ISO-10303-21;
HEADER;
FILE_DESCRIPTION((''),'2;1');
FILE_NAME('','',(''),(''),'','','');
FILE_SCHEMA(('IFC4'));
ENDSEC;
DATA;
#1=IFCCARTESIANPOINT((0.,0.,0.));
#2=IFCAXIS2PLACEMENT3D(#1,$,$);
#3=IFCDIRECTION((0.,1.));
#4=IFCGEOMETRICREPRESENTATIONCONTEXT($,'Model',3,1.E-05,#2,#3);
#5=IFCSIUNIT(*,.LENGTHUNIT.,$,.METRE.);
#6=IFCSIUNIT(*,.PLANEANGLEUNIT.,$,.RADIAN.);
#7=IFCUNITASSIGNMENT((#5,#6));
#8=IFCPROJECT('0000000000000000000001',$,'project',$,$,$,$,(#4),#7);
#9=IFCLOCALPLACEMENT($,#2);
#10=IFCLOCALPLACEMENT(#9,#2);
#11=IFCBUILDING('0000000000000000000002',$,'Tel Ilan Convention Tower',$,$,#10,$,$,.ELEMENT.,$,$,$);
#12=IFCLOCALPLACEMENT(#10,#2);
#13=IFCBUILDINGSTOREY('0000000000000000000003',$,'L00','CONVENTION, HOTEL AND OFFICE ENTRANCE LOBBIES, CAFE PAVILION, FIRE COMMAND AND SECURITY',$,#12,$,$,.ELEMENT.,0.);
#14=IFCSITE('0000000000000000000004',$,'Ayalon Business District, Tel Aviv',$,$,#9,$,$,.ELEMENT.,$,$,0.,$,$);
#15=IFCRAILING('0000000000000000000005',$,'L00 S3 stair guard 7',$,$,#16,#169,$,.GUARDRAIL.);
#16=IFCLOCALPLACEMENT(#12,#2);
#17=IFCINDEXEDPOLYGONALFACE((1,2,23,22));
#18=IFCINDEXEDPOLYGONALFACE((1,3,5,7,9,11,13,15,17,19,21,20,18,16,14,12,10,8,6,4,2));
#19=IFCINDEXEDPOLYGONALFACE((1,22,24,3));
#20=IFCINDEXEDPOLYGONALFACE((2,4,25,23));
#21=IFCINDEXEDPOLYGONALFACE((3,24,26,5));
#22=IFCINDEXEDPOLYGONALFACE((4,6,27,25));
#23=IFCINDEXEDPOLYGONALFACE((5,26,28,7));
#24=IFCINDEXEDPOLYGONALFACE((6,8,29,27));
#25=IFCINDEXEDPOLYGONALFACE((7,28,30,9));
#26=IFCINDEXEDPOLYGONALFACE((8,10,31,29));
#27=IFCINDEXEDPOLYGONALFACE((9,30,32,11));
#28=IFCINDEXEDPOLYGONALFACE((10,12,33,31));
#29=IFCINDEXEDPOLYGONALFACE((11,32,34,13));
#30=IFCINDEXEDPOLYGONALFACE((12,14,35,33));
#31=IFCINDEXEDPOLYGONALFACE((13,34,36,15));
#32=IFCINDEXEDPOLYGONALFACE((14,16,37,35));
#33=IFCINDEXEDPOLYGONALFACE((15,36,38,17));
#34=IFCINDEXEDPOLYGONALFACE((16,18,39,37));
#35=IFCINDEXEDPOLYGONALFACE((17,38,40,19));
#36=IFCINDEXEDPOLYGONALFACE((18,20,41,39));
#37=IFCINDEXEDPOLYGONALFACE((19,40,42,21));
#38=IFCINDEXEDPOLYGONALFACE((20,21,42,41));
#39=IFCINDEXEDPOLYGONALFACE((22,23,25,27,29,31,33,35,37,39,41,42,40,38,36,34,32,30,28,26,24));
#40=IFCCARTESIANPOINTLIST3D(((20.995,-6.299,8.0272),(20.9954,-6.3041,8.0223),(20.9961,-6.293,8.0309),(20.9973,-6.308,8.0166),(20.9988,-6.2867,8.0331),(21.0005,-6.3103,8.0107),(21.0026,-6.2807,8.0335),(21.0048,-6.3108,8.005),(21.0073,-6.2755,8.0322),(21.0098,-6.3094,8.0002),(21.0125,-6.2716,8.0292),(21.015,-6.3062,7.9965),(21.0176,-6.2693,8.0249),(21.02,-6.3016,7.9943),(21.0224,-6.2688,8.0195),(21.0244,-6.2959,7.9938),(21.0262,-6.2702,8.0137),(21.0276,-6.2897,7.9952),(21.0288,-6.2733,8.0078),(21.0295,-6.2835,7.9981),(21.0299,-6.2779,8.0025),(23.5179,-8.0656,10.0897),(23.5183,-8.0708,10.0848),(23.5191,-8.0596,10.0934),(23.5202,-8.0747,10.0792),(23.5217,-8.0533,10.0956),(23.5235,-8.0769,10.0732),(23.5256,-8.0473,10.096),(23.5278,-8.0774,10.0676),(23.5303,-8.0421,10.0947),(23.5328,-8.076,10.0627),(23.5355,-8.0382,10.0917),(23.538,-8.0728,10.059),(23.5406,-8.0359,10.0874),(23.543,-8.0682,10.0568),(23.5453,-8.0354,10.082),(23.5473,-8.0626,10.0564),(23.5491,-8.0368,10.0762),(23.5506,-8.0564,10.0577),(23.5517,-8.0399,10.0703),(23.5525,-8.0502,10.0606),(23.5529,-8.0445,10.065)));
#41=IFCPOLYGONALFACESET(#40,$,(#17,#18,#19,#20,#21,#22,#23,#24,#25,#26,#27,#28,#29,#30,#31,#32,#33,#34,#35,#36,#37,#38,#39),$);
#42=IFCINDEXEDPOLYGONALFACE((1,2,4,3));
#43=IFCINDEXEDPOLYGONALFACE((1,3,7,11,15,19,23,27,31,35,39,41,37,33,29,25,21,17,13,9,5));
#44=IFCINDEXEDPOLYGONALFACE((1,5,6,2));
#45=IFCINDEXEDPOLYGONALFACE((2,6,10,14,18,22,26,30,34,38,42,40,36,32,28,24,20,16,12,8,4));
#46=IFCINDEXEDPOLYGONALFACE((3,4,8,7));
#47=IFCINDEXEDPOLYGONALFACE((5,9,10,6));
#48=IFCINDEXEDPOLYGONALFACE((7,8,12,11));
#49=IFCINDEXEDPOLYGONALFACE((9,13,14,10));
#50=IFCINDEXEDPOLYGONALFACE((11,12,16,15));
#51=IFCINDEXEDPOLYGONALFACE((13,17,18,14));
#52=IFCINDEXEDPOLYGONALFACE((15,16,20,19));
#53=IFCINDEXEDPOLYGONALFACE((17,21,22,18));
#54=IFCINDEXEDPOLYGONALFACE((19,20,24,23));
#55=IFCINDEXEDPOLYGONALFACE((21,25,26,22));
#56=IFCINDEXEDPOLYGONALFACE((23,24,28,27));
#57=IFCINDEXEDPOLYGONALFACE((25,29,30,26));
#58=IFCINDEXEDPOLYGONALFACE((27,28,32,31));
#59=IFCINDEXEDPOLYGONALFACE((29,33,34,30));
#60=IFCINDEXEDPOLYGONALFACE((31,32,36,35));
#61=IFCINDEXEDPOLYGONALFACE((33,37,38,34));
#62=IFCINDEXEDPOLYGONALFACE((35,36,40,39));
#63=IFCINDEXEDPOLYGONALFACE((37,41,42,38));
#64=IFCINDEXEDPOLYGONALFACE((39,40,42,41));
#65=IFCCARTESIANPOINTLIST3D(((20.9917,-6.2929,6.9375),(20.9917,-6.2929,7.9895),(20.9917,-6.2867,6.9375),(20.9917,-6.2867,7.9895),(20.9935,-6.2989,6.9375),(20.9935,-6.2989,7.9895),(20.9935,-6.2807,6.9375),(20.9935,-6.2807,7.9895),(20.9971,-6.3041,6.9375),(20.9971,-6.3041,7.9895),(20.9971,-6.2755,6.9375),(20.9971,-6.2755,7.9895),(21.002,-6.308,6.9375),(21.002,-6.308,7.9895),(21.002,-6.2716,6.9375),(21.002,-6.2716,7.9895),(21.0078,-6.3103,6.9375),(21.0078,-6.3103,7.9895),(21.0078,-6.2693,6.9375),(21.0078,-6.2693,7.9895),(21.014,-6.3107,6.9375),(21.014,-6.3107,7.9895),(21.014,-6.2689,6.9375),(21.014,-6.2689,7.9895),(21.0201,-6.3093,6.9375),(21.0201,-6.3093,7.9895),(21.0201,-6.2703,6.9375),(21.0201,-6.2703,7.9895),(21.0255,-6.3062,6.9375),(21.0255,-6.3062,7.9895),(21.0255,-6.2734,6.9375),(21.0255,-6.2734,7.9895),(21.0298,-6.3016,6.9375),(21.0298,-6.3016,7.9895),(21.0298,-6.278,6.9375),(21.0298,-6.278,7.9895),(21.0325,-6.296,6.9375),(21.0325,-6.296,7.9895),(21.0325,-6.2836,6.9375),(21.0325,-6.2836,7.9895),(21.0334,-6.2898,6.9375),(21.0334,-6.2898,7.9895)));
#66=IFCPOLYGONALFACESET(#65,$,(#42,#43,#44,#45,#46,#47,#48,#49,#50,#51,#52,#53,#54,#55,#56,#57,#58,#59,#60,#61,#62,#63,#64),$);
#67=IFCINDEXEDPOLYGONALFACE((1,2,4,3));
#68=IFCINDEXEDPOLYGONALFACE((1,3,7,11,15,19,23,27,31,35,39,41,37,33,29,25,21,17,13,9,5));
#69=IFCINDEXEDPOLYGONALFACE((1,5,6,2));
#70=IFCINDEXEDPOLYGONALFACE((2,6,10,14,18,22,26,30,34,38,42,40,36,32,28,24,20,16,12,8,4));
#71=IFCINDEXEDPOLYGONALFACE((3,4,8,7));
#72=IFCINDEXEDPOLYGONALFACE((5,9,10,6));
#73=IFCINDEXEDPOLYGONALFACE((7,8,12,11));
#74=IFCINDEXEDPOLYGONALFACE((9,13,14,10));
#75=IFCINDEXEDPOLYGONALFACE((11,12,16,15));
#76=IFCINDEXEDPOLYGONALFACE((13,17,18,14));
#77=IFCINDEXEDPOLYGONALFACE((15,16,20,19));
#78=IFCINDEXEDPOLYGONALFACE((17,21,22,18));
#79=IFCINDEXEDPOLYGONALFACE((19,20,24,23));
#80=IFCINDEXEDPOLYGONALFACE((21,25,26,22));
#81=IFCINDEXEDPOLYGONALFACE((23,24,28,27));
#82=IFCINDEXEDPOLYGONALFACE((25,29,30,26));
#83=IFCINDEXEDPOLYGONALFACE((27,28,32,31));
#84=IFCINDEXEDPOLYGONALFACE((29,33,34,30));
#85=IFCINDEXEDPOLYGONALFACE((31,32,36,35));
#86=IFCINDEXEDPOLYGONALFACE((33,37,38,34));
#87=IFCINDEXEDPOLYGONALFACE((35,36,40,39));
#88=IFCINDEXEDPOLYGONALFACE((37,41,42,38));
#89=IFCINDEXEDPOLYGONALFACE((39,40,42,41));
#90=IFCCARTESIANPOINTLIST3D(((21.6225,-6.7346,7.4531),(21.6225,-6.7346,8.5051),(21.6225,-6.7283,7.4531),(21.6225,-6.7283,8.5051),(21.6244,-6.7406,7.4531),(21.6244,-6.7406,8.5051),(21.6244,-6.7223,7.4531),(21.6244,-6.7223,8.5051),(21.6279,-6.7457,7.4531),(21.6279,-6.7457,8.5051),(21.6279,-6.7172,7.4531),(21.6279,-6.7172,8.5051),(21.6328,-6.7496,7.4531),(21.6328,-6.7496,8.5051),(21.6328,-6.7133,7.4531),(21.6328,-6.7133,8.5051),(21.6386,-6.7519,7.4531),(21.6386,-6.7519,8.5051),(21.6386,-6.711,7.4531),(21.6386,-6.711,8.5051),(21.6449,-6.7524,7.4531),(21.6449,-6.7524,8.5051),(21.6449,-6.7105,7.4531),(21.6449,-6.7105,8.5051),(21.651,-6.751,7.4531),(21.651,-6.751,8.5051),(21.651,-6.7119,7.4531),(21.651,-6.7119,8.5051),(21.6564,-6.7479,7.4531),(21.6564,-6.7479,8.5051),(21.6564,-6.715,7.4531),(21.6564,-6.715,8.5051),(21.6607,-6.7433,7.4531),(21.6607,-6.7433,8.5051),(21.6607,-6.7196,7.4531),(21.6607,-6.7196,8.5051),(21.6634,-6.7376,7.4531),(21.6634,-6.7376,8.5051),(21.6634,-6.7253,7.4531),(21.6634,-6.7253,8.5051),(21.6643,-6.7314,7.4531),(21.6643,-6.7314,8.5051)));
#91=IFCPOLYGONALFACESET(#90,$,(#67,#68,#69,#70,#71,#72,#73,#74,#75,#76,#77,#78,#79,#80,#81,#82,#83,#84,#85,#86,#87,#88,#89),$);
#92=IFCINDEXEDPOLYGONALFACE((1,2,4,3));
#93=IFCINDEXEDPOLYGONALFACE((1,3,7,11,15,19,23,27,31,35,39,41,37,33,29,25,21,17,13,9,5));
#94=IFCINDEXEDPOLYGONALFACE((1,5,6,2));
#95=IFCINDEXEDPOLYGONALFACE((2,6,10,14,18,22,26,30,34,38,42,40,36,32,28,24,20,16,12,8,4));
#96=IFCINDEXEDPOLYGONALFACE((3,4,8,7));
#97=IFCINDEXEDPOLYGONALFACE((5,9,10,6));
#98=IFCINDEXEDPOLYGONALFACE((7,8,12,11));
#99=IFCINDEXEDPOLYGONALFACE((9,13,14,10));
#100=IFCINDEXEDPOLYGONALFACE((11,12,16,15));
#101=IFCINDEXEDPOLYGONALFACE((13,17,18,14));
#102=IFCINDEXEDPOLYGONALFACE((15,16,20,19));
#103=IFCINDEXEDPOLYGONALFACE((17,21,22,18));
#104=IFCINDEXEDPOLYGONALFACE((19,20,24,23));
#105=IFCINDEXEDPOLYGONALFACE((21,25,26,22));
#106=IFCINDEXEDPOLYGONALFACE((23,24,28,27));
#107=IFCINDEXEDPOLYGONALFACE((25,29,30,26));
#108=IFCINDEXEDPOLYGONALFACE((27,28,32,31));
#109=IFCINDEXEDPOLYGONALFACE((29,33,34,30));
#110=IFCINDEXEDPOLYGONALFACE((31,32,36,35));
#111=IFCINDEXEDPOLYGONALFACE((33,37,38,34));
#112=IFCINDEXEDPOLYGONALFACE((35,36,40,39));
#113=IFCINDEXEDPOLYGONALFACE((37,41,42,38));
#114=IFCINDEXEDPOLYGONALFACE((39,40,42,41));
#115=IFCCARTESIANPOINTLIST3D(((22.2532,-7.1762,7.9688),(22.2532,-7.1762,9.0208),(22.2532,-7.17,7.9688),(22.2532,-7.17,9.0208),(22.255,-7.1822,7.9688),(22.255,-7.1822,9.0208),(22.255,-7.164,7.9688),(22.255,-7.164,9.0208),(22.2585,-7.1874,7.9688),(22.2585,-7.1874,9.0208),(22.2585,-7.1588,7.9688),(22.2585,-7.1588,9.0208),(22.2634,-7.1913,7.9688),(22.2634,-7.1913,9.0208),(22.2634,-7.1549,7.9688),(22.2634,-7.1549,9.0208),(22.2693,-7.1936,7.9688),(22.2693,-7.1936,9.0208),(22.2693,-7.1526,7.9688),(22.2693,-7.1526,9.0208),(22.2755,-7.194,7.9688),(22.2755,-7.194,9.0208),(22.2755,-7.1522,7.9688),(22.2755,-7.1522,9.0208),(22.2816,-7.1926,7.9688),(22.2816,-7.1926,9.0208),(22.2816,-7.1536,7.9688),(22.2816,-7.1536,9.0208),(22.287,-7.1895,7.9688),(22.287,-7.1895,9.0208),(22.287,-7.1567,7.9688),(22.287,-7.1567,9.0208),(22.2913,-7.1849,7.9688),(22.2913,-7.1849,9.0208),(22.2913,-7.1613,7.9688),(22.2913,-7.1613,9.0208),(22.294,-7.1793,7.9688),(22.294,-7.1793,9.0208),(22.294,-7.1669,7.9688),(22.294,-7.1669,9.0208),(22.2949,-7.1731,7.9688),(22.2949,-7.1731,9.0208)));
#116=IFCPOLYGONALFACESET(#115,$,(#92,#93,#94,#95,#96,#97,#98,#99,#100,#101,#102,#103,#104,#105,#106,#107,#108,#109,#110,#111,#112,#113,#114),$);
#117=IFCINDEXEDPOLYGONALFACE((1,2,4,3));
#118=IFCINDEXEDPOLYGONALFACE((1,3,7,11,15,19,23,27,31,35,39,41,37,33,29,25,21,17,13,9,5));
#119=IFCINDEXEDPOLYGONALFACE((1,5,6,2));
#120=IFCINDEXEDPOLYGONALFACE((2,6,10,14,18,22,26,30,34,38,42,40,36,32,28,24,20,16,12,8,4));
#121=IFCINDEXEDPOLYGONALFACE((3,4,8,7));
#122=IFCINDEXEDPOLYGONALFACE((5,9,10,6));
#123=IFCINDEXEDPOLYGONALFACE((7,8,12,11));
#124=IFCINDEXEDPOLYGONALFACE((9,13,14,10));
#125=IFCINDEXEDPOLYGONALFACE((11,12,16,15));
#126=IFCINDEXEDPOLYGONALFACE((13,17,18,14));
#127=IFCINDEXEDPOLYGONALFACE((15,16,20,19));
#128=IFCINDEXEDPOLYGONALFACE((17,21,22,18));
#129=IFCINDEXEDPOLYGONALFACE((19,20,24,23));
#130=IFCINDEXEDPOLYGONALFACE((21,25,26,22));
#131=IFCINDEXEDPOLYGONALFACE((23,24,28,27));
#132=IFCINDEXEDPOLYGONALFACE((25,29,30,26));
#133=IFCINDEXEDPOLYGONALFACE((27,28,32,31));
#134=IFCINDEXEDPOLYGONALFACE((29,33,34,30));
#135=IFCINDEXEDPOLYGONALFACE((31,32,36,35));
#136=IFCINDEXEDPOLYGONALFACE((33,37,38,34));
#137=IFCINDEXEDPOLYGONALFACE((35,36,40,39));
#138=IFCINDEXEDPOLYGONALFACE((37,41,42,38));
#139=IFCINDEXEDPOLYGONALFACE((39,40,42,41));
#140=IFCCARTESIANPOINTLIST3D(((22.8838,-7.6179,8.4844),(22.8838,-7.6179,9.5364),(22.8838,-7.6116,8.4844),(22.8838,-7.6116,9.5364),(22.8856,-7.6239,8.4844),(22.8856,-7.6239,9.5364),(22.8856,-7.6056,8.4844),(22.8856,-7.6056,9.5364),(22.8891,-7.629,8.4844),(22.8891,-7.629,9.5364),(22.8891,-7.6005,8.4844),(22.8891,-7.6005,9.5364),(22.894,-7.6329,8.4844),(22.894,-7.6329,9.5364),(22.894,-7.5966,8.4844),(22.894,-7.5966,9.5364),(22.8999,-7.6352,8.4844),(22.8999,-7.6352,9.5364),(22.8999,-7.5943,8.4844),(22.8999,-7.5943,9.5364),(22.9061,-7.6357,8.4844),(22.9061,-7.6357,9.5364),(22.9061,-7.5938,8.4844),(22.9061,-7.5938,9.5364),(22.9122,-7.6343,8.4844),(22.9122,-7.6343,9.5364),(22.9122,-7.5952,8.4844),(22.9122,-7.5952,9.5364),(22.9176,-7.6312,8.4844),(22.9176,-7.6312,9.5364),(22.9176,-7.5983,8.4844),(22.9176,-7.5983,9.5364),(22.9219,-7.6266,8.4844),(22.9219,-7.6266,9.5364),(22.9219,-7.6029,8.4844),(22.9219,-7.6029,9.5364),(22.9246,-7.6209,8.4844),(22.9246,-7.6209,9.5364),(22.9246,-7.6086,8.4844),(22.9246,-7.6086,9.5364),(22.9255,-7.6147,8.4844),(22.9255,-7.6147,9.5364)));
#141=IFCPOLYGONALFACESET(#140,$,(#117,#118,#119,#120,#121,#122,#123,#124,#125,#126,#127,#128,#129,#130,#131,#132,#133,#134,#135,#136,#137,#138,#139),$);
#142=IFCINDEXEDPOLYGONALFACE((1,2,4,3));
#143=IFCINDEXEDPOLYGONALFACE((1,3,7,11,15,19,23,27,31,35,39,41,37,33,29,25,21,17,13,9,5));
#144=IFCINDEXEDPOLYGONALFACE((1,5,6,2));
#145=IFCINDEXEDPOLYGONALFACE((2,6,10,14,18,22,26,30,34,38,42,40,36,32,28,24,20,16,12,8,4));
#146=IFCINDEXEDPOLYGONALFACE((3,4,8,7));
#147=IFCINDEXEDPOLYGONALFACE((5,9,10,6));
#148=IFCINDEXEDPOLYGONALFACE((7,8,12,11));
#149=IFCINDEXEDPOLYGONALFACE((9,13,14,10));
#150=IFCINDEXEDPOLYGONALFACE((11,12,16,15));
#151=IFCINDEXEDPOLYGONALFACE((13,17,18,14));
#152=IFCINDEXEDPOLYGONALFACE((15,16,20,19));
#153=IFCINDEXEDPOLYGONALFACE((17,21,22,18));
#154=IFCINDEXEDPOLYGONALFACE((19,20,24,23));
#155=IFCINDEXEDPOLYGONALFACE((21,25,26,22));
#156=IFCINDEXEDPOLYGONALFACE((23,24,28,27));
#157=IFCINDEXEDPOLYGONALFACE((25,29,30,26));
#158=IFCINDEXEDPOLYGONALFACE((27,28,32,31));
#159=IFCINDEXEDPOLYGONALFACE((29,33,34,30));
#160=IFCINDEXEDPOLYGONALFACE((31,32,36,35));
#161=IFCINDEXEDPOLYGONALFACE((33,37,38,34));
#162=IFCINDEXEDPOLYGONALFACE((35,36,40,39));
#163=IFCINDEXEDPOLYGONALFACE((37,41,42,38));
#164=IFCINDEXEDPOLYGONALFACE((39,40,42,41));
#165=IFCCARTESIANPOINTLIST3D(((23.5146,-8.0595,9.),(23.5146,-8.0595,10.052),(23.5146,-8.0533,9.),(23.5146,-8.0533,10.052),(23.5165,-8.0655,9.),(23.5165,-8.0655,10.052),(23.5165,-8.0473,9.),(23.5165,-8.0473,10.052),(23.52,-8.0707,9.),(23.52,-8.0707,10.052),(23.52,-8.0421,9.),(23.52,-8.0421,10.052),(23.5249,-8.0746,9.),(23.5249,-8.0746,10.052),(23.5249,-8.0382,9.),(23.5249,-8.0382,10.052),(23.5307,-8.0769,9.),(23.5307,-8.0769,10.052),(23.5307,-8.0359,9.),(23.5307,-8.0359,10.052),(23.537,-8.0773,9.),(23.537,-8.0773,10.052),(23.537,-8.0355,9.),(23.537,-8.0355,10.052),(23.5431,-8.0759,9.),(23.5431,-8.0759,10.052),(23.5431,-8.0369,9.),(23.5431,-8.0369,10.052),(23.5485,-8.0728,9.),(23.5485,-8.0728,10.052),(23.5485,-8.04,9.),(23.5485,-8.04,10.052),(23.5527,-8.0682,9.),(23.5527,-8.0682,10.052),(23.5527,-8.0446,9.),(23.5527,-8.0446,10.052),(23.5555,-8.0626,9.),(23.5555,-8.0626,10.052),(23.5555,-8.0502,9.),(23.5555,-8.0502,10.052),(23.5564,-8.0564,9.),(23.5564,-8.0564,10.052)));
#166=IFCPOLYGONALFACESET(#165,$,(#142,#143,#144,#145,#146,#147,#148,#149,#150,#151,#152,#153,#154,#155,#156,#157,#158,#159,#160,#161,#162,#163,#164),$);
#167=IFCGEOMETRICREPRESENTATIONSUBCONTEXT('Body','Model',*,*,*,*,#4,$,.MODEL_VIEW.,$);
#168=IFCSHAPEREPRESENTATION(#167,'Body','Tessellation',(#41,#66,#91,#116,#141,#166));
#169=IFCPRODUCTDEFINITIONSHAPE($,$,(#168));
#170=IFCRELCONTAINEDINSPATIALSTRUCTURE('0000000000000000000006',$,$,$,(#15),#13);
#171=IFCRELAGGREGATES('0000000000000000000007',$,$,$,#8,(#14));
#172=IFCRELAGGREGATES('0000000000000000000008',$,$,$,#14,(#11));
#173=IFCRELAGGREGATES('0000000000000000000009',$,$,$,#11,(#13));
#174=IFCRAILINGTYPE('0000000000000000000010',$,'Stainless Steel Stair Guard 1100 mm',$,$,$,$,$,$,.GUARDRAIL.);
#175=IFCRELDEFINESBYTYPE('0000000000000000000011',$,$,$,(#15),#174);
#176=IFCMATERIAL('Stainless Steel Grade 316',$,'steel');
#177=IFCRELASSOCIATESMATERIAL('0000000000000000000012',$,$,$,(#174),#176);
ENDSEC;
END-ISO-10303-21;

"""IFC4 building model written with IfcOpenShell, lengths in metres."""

from ifc_helpers import new_model, si_unit, direction, frame, origin, origin_2d, place, context, subcontext, project, spatial, circle, extrude, material, type_object, element, save


model = new_model("IFC4")

# Units and contexts
model_context = context("Model", 3, precision=1e-05, world=origin(), true_north=direction((0.0, 1.0)))
body_context = subcontext(model_context, "Body", "Model", "MODEL_VIEW")
ifc_project = project(units=[si_unit("LENGTHUNIT", "METRE"), si_unit("PLANEANGLEUNIT", "RADIAN")], contexts=[model_context])

# Site, building, storey
site_placement = place(None, origin())
site = spatial("IfcSite", under=ifc_project, at=site_placement, Name="Ayalon Business District, Tel Aviv", CompositionType="ELEMENT", RefElevation=0.0)
building_placement = place(site_placement, origin())
building = spatial("IfcBuilding", under=site, at=building_placement, Name="Tel Ilan Convention Tower", CompositionType="ELEMENT")
storey_placement = place(building_placement, origin())
storey = spatial("IfcBuildingStorey", under=building, at=storey_placement, Name="L00", Description="CONVENTION, HOTEL AND OFFICE ENTRANCE LOBBIES, CAFE PAVILION, FIRE COMMAND AND SECURITY", CompositionType="ELEMENT", Elevation=0.0)

# Railing
ifc_material_1 = material(Name="Stainless Steel Grade 316", Category="steel")
railing_type_1 = type_object("IfcRailingType", Name="Stainless Steel Stair Guard 1100 mm", PredefinedType="GUARDRAIL", material=ifc_material_1)
railing_1_placement = place(storey_placement, frame((21.0125, -6.2898, 6.9375)))
element("IfcRailing", 1, at=railing_1_placement, inside=storey, type_object=railing_type_1, Name="L00 S3 stair guard 7", PredefinedType="GUARDRAIL", context=body_context, shape_type="SweptSolid", body=[
    extrude(circle(Radius=0.0239, at=origin_2d()), frame((0.0, 0.0, 1.0762), z_axis=(0.680635, -0.476589, 0.556416), x_axis=(0.573579, 0.81915, 0.0)), (0.0, 0.0, 1.0), 3.7068),
    extrude(circle(Radius=0.021, at=origin_2d()), origin(), (0.0, 0.0, 1.0), 1.052),
    extrude(circle(Radius=0.021, at=origin_2d()), frame((0.6309, -0.4417, 0.5156)), (0.0, 0.0, 1.0), 1.052),
    extrude(circle(Radius=0.021, at=origin_2d()), frame((1.2615, -0.8833, 1.0312)), (0.0, 0.0, 1.0), 1.052),
    extrude(circle(Radius=0.021, at=origin_2d()), frame((1.8921, -1.325, 1.5469)), (0.0, 0.0, 1.0), 1.052),
    extrude(circle(Radius=0.021, at=origin_2d()), frame((2.5229, -1.7666, 2.0625)), (0.0, 0.0, 1.0), 1.052),
])

save(model, "model.ifc")
